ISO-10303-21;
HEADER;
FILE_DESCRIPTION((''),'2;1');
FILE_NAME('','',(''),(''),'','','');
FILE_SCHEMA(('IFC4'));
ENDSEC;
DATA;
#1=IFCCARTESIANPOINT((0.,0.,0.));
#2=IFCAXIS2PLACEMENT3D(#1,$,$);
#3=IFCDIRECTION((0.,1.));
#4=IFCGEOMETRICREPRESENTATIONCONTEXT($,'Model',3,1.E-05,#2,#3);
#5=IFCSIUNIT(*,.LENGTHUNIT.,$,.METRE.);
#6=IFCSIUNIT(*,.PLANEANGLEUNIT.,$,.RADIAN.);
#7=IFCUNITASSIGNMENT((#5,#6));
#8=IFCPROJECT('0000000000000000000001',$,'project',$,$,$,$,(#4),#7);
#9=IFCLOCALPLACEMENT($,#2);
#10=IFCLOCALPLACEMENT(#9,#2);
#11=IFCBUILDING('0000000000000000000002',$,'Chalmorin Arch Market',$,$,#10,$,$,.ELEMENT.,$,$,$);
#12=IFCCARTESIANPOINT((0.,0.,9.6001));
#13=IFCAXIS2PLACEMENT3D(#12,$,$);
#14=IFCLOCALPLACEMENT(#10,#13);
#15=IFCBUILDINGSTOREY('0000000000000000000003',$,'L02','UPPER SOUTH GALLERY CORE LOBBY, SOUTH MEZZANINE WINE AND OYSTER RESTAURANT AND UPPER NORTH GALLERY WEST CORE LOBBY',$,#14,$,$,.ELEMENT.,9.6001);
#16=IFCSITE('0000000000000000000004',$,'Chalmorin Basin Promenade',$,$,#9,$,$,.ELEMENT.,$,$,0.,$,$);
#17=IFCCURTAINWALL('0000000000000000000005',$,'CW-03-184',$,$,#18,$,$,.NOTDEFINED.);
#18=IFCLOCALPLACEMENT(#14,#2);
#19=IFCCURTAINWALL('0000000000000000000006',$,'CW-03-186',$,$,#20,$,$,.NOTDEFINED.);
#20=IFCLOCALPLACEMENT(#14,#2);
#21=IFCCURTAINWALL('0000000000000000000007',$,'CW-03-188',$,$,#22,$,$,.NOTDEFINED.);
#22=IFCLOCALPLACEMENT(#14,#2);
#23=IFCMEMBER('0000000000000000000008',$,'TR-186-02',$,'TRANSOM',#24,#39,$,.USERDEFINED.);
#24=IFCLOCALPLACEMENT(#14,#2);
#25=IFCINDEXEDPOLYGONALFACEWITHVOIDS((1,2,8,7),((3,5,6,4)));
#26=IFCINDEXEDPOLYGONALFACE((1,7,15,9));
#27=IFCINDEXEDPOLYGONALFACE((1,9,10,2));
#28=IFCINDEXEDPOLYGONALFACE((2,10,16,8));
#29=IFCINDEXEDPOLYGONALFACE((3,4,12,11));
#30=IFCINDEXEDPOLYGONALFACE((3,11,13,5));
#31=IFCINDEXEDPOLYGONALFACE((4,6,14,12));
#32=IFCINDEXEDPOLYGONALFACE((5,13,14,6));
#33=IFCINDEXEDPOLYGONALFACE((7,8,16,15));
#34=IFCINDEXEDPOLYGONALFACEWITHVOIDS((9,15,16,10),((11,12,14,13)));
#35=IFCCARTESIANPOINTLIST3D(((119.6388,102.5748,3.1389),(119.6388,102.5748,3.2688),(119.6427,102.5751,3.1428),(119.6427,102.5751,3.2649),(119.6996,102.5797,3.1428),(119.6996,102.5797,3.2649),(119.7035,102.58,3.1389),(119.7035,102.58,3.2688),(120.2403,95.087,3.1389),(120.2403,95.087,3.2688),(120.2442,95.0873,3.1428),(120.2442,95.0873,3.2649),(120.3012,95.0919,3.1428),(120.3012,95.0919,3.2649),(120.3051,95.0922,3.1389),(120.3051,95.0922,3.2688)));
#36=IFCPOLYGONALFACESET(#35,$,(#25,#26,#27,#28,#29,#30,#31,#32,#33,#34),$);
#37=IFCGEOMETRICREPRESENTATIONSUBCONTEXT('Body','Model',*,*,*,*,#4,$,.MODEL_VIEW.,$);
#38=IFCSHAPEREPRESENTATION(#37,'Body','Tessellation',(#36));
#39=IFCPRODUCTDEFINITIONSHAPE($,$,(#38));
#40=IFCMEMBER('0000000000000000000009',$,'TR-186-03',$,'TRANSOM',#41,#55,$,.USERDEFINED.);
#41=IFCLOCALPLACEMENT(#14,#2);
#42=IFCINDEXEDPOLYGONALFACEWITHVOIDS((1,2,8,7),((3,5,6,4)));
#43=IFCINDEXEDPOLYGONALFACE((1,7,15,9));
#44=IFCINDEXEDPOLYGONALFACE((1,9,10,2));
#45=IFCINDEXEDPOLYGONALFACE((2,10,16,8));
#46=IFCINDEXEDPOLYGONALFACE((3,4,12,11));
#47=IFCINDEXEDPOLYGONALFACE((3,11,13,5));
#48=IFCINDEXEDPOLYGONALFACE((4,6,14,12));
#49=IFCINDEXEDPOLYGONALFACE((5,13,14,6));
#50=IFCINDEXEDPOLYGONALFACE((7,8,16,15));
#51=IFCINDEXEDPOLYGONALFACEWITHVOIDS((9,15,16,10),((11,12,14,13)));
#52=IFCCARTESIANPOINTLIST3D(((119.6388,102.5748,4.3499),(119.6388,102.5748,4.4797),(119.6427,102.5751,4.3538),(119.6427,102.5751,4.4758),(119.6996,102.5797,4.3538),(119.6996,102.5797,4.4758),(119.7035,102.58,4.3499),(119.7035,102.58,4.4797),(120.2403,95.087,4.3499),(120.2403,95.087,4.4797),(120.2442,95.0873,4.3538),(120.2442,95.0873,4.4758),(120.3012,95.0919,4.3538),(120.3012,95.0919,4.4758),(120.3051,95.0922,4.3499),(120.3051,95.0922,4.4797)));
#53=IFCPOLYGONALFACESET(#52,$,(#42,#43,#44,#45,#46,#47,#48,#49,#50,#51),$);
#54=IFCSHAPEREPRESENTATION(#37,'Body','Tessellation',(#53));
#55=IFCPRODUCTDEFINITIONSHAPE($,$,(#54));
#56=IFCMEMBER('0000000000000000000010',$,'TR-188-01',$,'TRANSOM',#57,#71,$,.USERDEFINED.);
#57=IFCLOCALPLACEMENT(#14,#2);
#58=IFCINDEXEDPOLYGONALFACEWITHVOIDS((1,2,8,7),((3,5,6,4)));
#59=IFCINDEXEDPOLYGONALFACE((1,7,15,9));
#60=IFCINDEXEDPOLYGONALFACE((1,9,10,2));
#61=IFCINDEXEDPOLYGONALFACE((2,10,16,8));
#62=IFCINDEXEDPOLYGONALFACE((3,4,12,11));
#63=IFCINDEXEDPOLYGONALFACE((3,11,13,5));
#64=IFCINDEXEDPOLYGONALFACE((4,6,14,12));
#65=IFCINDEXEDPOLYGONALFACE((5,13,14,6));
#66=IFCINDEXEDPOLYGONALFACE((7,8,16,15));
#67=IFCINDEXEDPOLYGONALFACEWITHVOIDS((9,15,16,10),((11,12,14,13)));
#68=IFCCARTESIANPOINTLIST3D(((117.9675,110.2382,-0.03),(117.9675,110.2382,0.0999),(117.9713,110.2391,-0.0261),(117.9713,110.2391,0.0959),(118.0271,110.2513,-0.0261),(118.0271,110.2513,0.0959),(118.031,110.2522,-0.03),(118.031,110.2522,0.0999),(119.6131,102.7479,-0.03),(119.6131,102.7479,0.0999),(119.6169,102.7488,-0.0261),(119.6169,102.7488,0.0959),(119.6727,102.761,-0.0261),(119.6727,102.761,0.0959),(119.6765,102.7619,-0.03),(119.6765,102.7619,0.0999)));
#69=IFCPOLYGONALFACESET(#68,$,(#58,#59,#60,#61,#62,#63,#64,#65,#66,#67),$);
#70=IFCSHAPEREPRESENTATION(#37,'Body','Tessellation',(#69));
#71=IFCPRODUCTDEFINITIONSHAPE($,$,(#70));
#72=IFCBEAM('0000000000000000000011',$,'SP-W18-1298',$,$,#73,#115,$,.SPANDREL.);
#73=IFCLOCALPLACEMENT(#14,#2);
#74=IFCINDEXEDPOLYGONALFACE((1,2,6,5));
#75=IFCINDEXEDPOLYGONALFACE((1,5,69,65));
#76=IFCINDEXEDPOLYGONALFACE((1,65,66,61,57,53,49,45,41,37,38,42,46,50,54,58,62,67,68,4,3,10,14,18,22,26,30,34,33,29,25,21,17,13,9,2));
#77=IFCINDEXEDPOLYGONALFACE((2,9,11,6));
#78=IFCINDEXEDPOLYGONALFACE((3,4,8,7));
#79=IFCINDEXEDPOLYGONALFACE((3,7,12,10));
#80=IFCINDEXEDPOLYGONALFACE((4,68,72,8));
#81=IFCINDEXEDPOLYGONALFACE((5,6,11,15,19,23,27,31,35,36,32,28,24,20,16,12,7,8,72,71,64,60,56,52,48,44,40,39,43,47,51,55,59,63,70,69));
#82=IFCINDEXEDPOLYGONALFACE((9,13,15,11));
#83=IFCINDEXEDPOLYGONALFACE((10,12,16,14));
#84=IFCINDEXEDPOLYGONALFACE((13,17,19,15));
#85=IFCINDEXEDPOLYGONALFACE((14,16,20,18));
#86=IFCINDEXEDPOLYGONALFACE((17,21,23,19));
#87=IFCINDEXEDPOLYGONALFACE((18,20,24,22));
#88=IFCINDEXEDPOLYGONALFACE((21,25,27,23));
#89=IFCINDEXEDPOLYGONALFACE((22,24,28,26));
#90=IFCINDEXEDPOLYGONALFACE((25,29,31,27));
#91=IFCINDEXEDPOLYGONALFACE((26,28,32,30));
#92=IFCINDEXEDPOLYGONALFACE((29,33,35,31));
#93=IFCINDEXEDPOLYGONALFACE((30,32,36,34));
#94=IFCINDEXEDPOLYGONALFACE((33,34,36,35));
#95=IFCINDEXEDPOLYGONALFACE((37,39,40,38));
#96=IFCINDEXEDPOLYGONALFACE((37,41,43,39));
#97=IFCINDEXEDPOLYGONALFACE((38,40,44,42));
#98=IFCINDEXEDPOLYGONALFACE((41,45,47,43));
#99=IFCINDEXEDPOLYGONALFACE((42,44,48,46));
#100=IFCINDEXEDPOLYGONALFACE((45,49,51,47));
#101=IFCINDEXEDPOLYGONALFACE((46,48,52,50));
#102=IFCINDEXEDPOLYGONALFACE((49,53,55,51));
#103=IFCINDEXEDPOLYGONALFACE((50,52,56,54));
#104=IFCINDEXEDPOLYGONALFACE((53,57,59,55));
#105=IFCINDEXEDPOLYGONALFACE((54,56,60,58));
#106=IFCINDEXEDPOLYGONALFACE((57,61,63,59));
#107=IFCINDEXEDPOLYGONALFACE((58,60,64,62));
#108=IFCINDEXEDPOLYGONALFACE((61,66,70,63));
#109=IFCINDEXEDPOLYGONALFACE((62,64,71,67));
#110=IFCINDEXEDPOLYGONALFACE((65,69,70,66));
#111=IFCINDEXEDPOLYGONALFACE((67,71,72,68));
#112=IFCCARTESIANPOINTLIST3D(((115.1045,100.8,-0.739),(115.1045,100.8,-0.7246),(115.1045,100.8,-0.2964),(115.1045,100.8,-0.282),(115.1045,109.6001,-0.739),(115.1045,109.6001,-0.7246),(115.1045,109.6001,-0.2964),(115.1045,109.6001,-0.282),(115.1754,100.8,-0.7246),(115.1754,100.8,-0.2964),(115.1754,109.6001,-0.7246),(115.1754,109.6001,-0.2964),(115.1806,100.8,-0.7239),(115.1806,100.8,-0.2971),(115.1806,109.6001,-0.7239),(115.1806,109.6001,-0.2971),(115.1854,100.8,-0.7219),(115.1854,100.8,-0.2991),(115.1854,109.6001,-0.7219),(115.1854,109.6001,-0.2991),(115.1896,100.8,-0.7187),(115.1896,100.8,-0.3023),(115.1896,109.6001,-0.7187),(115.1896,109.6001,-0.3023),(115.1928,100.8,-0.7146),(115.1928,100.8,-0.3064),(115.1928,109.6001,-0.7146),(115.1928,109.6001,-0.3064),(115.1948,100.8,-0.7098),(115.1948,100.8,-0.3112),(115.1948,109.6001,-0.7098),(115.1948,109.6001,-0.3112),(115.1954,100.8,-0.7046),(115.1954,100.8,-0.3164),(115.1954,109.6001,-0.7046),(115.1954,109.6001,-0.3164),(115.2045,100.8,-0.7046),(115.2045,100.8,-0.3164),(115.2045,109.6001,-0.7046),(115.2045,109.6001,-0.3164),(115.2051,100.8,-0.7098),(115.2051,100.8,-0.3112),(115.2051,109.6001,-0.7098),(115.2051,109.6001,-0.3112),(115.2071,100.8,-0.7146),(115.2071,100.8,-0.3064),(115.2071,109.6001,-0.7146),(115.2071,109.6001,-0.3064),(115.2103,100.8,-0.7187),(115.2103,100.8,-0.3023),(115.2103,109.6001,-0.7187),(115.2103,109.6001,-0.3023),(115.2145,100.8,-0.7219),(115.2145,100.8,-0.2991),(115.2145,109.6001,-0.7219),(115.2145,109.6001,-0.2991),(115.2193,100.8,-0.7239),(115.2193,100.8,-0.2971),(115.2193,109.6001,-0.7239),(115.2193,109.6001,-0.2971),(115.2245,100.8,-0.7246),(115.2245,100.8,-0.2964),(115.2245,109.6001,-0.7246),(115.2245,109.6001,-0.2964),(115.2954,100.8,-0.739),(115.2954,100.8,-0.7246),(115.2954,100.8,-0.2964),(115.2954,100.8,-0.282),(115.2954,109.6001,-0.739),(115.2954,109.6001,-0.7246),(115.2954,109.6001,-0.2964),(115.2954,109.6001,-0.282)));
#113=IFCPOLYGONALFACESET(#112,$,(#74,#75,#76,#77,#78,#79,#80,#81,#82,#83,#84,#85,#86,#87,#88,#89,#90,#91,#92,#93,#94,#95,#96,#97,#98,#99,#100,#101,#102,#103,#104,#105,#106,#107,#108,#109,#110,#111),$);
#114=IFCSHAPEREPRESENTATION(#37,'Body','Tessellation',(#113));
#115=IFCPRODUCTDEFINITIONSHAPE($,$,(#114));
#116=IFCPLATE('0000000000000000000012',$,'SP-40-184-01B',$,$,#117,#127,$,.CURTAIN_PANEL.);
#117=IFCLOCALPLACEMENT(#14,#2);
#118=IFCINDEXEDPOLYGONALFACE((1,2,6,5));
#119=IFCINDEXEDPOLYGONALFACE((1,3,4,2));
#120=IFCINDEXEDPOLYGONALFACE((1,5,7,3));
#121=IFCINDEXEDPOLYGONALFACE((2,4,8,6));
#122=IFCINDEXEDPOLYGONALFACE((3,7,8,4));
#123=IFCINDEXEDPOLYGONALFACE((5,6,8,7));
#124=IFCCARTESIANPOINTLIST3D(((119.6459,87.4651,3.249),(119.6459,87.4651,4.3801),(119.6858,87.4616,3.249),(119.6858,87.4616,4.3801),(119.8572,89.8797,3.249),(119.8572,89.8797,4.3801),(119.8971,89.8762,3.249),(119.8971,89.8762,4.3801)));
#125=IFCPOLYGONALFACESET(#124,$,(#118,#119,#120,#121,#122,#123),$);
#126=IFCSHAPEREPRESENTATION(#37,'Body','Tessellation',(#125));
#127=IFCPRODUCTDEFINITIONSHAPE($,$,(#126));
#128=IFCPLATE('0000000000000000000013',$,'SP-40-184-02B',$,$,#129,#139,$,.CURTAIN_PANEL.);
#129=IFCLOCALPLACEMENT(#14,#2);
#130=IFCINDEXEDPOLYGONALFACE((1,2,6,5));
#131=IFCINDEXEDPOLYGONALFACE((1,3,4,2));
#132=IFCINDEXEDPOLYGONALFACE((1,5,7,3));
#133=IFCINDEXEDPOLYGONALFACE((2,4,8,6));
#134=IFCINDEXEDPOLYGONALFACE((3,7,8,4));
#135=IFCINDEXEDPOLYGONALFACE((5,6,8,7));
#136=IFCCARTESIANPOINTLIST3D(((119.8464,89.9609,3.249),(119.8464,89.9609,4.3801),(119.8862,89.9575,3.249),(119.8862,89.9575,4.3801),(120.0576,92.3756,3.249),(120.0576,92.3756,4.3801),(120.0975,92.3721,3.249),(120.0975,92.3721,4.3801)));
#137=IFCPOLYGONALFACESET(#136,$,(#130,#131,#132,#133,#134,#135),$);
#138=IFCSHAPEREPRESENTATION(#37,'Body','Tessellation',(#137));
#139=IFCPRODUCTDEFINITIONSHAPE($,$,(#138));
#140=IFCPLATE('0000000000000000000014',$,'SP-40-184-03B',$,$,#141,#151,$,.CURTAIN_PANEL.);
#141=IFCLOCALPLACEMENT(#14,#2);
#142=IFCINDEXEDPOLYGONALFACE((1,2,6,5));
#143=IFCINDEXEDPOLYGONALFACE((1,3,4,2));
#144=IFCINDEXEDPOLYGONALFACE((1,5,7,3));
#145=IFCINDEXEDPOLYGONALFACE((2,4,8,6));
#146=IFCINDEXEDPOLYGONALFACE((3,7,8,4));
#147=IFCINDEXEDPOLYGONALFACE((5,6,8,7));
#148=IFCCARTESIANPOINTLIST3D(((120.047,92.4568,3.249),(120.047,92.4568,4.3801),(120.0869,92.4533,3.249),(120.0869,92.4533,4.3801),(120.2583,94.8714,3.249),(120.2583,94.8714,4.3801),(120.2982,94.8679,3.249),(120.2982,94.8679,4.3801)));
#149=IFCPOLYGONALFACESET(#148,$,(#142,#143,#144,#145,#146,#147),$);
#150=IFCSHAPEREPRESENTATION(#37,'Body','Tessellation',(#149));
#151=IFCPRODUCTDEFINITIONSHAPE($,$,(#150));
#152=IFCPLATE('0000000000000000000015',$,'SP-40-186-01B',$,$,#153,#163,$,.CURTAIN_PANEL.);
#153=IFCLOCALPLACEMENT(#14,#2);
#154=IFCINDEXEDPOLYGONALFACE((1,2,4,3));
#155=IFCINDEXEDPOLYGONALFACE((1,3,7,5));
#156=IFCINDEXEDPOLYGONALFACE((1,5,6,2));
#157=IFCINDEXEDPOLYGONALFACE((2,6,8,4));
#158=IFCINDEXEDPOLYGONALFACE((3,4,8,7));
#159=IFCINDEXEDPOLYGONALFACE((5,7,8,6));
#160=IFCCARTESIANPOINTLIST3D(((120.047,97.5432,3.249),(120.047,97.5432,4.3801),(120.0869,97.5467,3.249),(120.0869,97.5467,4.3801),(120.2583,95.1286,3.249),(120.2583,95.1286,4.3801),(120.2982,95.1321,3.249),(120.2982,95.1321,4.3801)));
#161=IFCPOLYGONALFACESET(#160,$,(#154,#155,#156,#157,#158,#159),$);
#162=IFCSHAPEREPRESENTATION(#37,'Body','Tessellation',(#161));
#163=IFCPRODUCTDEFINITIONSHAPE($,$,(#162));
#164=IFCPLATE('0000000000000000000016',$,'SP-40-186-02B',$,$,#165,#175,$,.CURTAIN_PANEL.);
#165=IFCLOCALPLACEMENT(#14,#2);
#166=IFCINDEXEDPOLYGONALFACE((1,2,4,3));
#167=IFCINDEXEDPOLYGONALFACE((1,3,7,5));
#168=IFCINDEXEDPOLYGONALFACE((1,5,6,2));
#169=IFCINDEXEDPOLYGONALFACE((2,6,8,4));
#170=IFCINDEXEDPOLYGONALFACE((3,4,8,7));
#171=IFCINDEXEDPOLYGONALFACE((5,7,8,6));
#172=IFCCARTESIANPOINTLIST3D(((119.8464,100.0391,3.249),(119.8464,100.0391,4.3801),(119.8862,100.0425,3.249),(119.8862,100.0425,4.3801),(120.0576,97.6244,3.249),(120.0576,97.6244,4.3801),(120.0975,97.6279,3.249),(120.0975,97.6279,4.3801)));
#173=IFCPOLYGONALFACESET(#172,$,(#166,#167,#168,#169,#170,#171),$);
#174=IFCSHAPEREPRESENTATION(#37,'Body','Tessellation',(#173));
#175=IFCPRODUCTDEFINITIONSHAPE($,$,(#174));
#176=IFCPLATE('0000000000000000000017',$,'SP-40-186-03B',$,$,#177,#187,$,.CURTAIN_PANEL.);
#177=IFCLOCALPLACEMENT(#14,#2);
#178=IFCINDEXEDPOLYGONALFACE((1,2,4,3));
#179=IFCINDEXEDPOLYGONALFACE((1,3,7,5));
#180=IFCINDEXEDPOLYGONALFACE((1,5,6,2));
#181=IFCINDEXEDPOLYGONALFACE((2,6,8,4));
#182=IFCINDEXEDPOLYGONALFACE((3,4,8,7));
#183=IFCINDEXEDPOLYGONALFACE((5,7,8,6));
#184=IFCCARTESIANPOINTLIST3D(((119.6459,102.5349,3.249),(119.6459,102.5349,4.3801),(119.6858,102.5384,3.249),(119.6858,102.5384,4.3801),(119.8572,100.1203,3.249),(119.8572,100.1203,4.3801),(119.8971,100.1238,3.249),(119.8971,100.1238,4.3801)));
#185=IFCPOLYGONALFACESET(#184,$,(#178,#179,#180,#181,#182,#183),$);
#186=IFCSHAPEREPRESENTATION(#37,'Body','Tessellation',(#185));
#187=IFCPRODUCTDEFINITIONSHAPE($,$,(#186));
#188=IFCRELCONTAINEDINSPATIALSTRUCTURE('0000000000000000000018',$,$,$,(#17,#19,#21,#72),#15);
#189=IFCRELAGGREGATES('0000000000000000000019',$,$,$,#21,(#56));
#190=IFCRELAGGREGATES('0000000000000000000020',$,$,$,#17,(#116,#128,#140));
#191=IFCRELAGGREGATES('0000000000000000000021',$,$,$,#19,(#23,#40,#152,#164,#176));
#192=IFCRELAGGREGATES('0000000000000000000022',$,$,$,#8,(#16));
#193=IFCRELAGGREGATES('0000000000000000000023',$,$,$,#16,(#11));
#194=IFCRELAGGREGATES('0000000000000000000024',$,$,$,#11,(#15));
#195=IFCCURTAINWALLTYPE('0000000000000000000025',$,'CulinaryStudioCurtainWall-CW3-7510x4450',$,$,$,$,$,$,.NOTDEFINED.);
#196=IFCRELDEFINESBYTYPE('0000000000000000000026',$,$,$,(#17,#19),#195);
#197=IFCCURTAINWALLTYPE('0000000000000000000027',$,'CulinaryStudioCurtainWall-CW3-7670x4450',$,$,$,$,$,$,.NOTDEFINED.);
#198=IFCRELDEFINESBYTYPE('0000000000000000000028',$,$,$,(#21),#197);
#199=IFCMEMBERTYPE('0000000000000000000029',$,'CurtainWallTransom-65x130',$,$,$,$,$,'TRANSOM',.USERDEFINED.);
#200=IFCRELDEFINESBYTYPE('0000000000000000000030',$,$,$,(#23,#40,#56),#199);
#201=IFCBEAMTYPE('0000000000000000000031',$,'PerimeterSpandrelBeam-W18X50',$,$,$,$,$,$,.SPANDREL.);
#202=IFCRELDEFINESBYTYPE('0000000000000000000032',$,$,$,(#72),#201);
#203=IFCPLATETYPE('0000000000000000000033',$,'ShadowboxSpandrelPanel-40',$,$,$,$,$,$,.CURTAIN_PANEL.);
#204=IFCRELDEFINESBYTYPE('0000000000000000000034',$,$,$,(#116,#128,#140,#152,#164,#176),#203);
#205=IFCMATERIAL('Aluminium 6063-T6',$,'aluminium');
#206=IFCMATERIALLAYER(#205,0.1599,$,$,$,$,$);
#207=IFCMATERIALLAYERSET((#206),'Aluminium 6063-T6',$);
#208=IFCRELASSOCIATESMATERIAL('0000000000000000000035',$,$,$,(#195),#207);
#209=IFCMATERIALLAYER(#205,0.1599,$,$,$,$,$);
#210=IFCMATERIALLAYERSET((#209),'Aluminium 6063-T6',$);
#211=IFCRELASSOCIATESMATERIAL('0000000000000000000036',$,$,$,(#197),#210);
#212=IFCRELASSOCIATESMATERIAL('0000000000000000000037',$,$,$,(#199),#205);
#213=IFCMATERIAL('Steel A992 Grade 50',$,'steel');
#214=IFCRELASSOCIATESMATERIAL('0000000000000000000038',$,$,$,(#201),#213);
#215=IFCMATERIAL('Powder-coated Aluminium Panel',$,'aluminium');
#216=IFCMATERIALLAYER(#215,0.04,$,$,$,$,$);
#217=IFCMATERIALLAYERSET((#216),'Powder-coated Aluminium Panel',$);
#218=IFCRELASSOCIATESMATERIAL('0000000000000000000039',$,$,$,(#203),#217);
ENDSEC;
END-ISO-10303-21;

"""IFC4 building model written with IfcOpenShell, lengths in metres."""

from ifc_helpers import new_model, si_unit, direction, frame, origin, origin_2d, place, context, subcontext, project, spatial, rectangle, hollow_rectangle, i_section, extrude, material, layer, layer_set, material_profile, profile_set, type_object, element, aggregate, save


model = new_model("IFC4")

# Units and contexts
model_context = context("Model", 3, precision=1e-05, world=origin(), true_north=direction((0.0, 1.0)))
body_context = subcontext(model_context, "Body", "Model", "MODEL_VIEW")
ifc_project = project(units=[si_unit("LENGTHUNIT", "METRE"), si_unit("PLANEANGLEUNIT", "RADIAN")], contexts=[model_context])

# Site, building, storey
site_placement = place(None, origin())
site = spatial("IfcSite", under=ifc_project, at=site_placement, Name="Chalmorin Basin Promenade", CompositionType="ELEMENT", RefElevation=0.0)
building_placement = place(site_placement, origin())
building = spatial("IfcBuilding", under=site, at=building_placement, Name="Chalmorin Arch Market", CompositionType="ELEMENT")
storey_placement = place(building_placement, frame((0.0, 0.0, 9.6001)))
storey = spatial("IfcBuildingStorey", under=building, at=storey_placement, Name="L02", Description="UPPER SOUTH GALLERY CORE LOBBY, SOUTH MEZZANINE WINE AND OYSTER RESTAURANT AND UPPER NORTH GALLERY WEST CORE LOBBY", CompositionType="ELEMENT", Elevation=9.6001)

# Curtain walls
ifc_material_1 = material(Name="Aluminium 6063-T6", Category="aluminium")
ifc_layer_1 = layer(ifc_material_1, 0.1599)
ifc_layer_set_1 = layer_set([ifc_layer_1], Name="Aluminium 6063-T6")
curtain_wall_type_1 = type_object("IfcCurtainWallType", Name="CulinaryStudioCurtainWall-CW3-7510x4450", PredefinedType="NOTDEFINED", material=ifc_layer_set_1)
curtain_wall_1_placement = place(storey_placement, origin())
curtain_wall_1 = element("IfcCurtainWall", 1, at=curtain_wall_1_placement, inside=storey, type_object=curtain_wall_type_1, Name="CW-03-184", PredefinedType="NOTDEFINED")
curtain_wall_2_placement = place(storey_placement, origin())
curtain_wall_2 = element("IfcCurtainWall", 2, at=curtain_wall_2_placement, inside=storey, type_object=curtain_wall_type_1, Name="CW-03-186", PredefinedType="NOTDEFINED")

# Curtain wall
ifc_layer_2 = layer(ifc_material_1, 0.1599)
ifc_layer_set_2 = layer_set([ifc_layer_2], Name="Aluminium 6063-T6")
curtain_wall_type_2 = type_object("IfcCurtainWallType", Name="CulinaryStudioCurtainWall-CW3-7670x4450", PredefinedType="NOTDEFINED", material=ifc_layer_set_2)
curtain_wall_3_placement = place(storey_placement, origin())
curtain_wall_3 = element("IfcCurtainWall", 3, at=curtain_wall_3_placement, inside=storey, type_object=curtain_wall_type_2, Name="CW-03-188", PredefinedType="NOTDEFINED")

# Members
ifc_material_profile_1 = material_profile(ifc_material_1, hollow_rectangle(XDim=0.0649, YDim=0.1299, WallThickness=0.0039, at=origin_2d()), Name="ALU65X130X4")
ifc_profile_set_1 = profile_set([ifc_material_profile_1], Name="Aluminium 6063-T6")
member_type_1 = type_object("IfcMemberType", Name="CurtainWallTransom-65x130", ElementType="TRANSOM", PredefinedType="USERDEFINED", material=ifc_profile_set_1)
member_1_placement = place(storey_placement, frame((120.2727, 95.0896, 3.2039), z_axis=(-0.080081, 0.996788, 0.0), x_axis=(-0.996788, -0.080081, 0.0)))
member_1 = element("IfcMember", 4, at=member_1_placement, type_object=member_type_1, Name="TR-186-02", ObjectType="TRANSOM", PredefinedType="USERDEFINED", context=body_context, shape_type="SweptSolid", body=[
    extrude(hollow_rectangle(XDim=0.0649, YDim=0.1299, WallThickness=0.0039, at=origin_2d()), origin(), (0.0, 0.0, 1.0), 7.512),
])
member_2_placement = place(storey_placement, frame((120.2727, 95.0896, 4.4148), z_axis=(-0.080081, 0.996788, 0.0), x_axis=(-0.996788, -0.080081, 0.0)))
member_2 = element("IfcMember", 5, at=member_2_placement, type_object=member_type_1, Name="TR-186-03", ObjectType="TRANSOM", PredefinedType="USERDEFINED", context=body_context, shape_type="SweptSolid", body=[
    extrude(hollow_rectangle(XDim=0.0649, YDim=0.1299, WallThickness=0.0039, at=origin_2d()), origin(), (0.0, 0.0, 1.0), 7.512),
])
member_3_placement = place(storey_placement, frame((119.6448, 102.7549, 0.0349), z_axis=(-0.21457, 0.976709, 0.0), x_axis=(-0.976709, -0.21457, 0.0)))
member_3 = element("IfcMember", 6, at=member_3_placement, type_object=member_type_1, Name="TR-188-01", ObjectType="TRANSOM", PredefinedType="USERDEFINED", context=body_context, shape_type="SweptSolid", body=[
    extrude(hollow_rectangle(XDim=0.0649, YDim=0.1299, WallThickness=0.0039, at=origin_2d()), origin(), (0.0, 0.0, 1.0), 7.6689),
])
aggregate(curtain_wall_3, [member_3])

# Beam
ifc_material_2 = material(Name="Steel A992 Grade 50", Category="steel")
ifc_material_profile_2 = material_profile(ifc_material_2, i_section(OverallWidth=0.1909, OverallDepth=0.457, WebThickness=0.009, FlangeThickness=0.0144, FilletRadius=0.02, at=origin_2d()), Name="W18X50")
ifc_profile_set_2 = profile_set([ifc_material_profile_2], Name="Steel A992 Grade 50")
beam_type = type_object("IfcBeamType", Name="PerimeterSpandrelBeam-W18X50", PredefinedType="SPANDREL", material=ifc_profile_set_2)
beam_placement = place(storey_placement, frame((115.2, 100.8, -0.5105), z_axis=(0.0, 1.0, 0.0), x_axis=(-1.0, 0.0, 0.0)))
element("IfcBeam", 7, at=beam_placement, inside=storey, type_object=beam_type, Name="SP-W18-1298", PredefinedType="SPANDREL", context=body_context, shape_type="SweptSolid", body=[
    extrude(i_section(OverallWidth=0.1909, OverallDepth=0.457, WebThickness=0.009, FlangeThickness=0.0144, FilletRadius=0.02, at=origin_2d()), origin(), (0.0, 0.0, 1.0), 8.8),
])

# Plates
ifc_material_3 = material(Name="Powder-coated Aluminium Panel", Category="aluminium")
ifc_layer_3 = layer(ifc_material_3, 0.04)
ifc_layer_set_3 = layer_set([ifc_layer_3], Name="Powder-coated Aluminium Panel")
plate_type_1 = type_object("IfcPlateType", Name="ShadowboxSpandrelPanel-40", PredefinedType="CURTAIN_PANEL", material=ifc_layer_set_3)
plate_1_placement = place(storey_placement, frame((119.7715, 88.6707, 3.249), z_axis=(0.0, 0.0, 1.0), x_axis=(0.087156, 0.996195, 0.0)))
plate_1 = element("IfcPlate", 8, at=plate_1_placement, type_object=plate_type_1, Name="SP-40-184-01B", PredefinedType="CURTAIN_PANEL", context=body_context, shape_type="SweptSolid", body=[
    extrude(rectangle(XDim=2.4238, YDim=0.04, at=origin_2d()), origin(), (0.0, 0.0, 1.0), 1.1311),
])
plate_2_placement = place(storey_placement, frame((119.9719, 91.1665, 3.249), z_axis=(0.0, 0.0, 1.0), x_axis=(0.087156, 0.996195, 0.0)))
plate_2 = element("IfcPlate", 9, at=plate_2_placement, type_object=plate_type_1, Name="SP-40-184-02B", PredefinedType="CURTAIN_PANEL", context=body_context, shape_type="SweptSolid", body=[
    extrude(rectangle(XDim=2.4238, YDim=0.04, at=origin_2d()), origin(), (0.0, 0.0, 1.0), 1.1311),
])
plate_3_placement = place(storey_placement, frame((120.1726, 93.6624, 3.249), z_axis=(0.0, 0.0, 1.0), x_axis=(0.087156, 0.996195, 0.0)))
plate_3 = element("IfcPlate", 10, at=plate_3_placement, type_object=plate_type_1, Name="SP-40-184-03B", PredefinedType="CURTAIN_PANEL", context=body_context, shape_type="SweptSolid", body=[
    extrude(rectangle(XDim=2.4238, YDim=0.04, at=origin_2d()), origin(), (0.0, 0.0, 1.0), 1.1311),
])
plate_4_placement = place(storey_placement, frame((120.1726, 96.3376, 3.249), z_axis=(0.0, 0.0, 1.0), x_axis=(-0.087156, 0.996195, 0.0)))
plate_4 = element("IfcPlate", 11, at=plate_4_placement, type_object=plate_type_1, Name="SP-40-186-01B", PredefinedType="CURTAIN_PANEL", context=body_context, shape_type="SweptSolid", body=[
    extrude(rectangle(XDim=2.4238, YDim=0.04, at=origin_2d()), origin(), (0.0, 0.0, 1.0), 1.1311),
])
plate_5_placement = place(storey_placement, frame((119.9719, 98.8335, 3.249), z_axis=(0.0, 0.0, 1.0), x_axis=(-0.087156, 0.996195, 0.0)))
plate_5 = element("IfcPlate", 12, at=plate_5_placement, type_object=plate_type_1, Name="SP-40-186-02B", PredefinedType="CURTAIN_PANEL", context=body_context, shape_type="SweptSolid", body=[
    extrude(rectangle(XDim=2.4238, YDim=0.04, at=origin_2d()), origin(), (0.0, 0.0, 1.0), 1.1311),
])
plate_6_placement = place(storey_placement, frame((119.7715, 101.3293, 3.249), z_axis=(0.0, 0.0, 1.0), x_axis=(-0.087156, 0.996195, 0.0)))
plate_6 = element("IfcPlate", 13, at=plate_6_placement, type_object=plate_type_1, Name="SP-40-186-03B", PredefinedType="CURTAIN_PANEL", context=body_context, shape_type="SweptSolid", body=[
    extrude(rectangle(XDim=2.4238, YDim=0.04, at=origin_2d()), origin(), (0.0, 0.0, 1.0), 1.1311),
])
aggregate(curtain_wall_1, [plate_1, plate_2, plate_3])
aggregate(curtain_wall_2, [member_1, member_2, plate_4, plate_5, plate_6])

save(model, "model.ifc")
